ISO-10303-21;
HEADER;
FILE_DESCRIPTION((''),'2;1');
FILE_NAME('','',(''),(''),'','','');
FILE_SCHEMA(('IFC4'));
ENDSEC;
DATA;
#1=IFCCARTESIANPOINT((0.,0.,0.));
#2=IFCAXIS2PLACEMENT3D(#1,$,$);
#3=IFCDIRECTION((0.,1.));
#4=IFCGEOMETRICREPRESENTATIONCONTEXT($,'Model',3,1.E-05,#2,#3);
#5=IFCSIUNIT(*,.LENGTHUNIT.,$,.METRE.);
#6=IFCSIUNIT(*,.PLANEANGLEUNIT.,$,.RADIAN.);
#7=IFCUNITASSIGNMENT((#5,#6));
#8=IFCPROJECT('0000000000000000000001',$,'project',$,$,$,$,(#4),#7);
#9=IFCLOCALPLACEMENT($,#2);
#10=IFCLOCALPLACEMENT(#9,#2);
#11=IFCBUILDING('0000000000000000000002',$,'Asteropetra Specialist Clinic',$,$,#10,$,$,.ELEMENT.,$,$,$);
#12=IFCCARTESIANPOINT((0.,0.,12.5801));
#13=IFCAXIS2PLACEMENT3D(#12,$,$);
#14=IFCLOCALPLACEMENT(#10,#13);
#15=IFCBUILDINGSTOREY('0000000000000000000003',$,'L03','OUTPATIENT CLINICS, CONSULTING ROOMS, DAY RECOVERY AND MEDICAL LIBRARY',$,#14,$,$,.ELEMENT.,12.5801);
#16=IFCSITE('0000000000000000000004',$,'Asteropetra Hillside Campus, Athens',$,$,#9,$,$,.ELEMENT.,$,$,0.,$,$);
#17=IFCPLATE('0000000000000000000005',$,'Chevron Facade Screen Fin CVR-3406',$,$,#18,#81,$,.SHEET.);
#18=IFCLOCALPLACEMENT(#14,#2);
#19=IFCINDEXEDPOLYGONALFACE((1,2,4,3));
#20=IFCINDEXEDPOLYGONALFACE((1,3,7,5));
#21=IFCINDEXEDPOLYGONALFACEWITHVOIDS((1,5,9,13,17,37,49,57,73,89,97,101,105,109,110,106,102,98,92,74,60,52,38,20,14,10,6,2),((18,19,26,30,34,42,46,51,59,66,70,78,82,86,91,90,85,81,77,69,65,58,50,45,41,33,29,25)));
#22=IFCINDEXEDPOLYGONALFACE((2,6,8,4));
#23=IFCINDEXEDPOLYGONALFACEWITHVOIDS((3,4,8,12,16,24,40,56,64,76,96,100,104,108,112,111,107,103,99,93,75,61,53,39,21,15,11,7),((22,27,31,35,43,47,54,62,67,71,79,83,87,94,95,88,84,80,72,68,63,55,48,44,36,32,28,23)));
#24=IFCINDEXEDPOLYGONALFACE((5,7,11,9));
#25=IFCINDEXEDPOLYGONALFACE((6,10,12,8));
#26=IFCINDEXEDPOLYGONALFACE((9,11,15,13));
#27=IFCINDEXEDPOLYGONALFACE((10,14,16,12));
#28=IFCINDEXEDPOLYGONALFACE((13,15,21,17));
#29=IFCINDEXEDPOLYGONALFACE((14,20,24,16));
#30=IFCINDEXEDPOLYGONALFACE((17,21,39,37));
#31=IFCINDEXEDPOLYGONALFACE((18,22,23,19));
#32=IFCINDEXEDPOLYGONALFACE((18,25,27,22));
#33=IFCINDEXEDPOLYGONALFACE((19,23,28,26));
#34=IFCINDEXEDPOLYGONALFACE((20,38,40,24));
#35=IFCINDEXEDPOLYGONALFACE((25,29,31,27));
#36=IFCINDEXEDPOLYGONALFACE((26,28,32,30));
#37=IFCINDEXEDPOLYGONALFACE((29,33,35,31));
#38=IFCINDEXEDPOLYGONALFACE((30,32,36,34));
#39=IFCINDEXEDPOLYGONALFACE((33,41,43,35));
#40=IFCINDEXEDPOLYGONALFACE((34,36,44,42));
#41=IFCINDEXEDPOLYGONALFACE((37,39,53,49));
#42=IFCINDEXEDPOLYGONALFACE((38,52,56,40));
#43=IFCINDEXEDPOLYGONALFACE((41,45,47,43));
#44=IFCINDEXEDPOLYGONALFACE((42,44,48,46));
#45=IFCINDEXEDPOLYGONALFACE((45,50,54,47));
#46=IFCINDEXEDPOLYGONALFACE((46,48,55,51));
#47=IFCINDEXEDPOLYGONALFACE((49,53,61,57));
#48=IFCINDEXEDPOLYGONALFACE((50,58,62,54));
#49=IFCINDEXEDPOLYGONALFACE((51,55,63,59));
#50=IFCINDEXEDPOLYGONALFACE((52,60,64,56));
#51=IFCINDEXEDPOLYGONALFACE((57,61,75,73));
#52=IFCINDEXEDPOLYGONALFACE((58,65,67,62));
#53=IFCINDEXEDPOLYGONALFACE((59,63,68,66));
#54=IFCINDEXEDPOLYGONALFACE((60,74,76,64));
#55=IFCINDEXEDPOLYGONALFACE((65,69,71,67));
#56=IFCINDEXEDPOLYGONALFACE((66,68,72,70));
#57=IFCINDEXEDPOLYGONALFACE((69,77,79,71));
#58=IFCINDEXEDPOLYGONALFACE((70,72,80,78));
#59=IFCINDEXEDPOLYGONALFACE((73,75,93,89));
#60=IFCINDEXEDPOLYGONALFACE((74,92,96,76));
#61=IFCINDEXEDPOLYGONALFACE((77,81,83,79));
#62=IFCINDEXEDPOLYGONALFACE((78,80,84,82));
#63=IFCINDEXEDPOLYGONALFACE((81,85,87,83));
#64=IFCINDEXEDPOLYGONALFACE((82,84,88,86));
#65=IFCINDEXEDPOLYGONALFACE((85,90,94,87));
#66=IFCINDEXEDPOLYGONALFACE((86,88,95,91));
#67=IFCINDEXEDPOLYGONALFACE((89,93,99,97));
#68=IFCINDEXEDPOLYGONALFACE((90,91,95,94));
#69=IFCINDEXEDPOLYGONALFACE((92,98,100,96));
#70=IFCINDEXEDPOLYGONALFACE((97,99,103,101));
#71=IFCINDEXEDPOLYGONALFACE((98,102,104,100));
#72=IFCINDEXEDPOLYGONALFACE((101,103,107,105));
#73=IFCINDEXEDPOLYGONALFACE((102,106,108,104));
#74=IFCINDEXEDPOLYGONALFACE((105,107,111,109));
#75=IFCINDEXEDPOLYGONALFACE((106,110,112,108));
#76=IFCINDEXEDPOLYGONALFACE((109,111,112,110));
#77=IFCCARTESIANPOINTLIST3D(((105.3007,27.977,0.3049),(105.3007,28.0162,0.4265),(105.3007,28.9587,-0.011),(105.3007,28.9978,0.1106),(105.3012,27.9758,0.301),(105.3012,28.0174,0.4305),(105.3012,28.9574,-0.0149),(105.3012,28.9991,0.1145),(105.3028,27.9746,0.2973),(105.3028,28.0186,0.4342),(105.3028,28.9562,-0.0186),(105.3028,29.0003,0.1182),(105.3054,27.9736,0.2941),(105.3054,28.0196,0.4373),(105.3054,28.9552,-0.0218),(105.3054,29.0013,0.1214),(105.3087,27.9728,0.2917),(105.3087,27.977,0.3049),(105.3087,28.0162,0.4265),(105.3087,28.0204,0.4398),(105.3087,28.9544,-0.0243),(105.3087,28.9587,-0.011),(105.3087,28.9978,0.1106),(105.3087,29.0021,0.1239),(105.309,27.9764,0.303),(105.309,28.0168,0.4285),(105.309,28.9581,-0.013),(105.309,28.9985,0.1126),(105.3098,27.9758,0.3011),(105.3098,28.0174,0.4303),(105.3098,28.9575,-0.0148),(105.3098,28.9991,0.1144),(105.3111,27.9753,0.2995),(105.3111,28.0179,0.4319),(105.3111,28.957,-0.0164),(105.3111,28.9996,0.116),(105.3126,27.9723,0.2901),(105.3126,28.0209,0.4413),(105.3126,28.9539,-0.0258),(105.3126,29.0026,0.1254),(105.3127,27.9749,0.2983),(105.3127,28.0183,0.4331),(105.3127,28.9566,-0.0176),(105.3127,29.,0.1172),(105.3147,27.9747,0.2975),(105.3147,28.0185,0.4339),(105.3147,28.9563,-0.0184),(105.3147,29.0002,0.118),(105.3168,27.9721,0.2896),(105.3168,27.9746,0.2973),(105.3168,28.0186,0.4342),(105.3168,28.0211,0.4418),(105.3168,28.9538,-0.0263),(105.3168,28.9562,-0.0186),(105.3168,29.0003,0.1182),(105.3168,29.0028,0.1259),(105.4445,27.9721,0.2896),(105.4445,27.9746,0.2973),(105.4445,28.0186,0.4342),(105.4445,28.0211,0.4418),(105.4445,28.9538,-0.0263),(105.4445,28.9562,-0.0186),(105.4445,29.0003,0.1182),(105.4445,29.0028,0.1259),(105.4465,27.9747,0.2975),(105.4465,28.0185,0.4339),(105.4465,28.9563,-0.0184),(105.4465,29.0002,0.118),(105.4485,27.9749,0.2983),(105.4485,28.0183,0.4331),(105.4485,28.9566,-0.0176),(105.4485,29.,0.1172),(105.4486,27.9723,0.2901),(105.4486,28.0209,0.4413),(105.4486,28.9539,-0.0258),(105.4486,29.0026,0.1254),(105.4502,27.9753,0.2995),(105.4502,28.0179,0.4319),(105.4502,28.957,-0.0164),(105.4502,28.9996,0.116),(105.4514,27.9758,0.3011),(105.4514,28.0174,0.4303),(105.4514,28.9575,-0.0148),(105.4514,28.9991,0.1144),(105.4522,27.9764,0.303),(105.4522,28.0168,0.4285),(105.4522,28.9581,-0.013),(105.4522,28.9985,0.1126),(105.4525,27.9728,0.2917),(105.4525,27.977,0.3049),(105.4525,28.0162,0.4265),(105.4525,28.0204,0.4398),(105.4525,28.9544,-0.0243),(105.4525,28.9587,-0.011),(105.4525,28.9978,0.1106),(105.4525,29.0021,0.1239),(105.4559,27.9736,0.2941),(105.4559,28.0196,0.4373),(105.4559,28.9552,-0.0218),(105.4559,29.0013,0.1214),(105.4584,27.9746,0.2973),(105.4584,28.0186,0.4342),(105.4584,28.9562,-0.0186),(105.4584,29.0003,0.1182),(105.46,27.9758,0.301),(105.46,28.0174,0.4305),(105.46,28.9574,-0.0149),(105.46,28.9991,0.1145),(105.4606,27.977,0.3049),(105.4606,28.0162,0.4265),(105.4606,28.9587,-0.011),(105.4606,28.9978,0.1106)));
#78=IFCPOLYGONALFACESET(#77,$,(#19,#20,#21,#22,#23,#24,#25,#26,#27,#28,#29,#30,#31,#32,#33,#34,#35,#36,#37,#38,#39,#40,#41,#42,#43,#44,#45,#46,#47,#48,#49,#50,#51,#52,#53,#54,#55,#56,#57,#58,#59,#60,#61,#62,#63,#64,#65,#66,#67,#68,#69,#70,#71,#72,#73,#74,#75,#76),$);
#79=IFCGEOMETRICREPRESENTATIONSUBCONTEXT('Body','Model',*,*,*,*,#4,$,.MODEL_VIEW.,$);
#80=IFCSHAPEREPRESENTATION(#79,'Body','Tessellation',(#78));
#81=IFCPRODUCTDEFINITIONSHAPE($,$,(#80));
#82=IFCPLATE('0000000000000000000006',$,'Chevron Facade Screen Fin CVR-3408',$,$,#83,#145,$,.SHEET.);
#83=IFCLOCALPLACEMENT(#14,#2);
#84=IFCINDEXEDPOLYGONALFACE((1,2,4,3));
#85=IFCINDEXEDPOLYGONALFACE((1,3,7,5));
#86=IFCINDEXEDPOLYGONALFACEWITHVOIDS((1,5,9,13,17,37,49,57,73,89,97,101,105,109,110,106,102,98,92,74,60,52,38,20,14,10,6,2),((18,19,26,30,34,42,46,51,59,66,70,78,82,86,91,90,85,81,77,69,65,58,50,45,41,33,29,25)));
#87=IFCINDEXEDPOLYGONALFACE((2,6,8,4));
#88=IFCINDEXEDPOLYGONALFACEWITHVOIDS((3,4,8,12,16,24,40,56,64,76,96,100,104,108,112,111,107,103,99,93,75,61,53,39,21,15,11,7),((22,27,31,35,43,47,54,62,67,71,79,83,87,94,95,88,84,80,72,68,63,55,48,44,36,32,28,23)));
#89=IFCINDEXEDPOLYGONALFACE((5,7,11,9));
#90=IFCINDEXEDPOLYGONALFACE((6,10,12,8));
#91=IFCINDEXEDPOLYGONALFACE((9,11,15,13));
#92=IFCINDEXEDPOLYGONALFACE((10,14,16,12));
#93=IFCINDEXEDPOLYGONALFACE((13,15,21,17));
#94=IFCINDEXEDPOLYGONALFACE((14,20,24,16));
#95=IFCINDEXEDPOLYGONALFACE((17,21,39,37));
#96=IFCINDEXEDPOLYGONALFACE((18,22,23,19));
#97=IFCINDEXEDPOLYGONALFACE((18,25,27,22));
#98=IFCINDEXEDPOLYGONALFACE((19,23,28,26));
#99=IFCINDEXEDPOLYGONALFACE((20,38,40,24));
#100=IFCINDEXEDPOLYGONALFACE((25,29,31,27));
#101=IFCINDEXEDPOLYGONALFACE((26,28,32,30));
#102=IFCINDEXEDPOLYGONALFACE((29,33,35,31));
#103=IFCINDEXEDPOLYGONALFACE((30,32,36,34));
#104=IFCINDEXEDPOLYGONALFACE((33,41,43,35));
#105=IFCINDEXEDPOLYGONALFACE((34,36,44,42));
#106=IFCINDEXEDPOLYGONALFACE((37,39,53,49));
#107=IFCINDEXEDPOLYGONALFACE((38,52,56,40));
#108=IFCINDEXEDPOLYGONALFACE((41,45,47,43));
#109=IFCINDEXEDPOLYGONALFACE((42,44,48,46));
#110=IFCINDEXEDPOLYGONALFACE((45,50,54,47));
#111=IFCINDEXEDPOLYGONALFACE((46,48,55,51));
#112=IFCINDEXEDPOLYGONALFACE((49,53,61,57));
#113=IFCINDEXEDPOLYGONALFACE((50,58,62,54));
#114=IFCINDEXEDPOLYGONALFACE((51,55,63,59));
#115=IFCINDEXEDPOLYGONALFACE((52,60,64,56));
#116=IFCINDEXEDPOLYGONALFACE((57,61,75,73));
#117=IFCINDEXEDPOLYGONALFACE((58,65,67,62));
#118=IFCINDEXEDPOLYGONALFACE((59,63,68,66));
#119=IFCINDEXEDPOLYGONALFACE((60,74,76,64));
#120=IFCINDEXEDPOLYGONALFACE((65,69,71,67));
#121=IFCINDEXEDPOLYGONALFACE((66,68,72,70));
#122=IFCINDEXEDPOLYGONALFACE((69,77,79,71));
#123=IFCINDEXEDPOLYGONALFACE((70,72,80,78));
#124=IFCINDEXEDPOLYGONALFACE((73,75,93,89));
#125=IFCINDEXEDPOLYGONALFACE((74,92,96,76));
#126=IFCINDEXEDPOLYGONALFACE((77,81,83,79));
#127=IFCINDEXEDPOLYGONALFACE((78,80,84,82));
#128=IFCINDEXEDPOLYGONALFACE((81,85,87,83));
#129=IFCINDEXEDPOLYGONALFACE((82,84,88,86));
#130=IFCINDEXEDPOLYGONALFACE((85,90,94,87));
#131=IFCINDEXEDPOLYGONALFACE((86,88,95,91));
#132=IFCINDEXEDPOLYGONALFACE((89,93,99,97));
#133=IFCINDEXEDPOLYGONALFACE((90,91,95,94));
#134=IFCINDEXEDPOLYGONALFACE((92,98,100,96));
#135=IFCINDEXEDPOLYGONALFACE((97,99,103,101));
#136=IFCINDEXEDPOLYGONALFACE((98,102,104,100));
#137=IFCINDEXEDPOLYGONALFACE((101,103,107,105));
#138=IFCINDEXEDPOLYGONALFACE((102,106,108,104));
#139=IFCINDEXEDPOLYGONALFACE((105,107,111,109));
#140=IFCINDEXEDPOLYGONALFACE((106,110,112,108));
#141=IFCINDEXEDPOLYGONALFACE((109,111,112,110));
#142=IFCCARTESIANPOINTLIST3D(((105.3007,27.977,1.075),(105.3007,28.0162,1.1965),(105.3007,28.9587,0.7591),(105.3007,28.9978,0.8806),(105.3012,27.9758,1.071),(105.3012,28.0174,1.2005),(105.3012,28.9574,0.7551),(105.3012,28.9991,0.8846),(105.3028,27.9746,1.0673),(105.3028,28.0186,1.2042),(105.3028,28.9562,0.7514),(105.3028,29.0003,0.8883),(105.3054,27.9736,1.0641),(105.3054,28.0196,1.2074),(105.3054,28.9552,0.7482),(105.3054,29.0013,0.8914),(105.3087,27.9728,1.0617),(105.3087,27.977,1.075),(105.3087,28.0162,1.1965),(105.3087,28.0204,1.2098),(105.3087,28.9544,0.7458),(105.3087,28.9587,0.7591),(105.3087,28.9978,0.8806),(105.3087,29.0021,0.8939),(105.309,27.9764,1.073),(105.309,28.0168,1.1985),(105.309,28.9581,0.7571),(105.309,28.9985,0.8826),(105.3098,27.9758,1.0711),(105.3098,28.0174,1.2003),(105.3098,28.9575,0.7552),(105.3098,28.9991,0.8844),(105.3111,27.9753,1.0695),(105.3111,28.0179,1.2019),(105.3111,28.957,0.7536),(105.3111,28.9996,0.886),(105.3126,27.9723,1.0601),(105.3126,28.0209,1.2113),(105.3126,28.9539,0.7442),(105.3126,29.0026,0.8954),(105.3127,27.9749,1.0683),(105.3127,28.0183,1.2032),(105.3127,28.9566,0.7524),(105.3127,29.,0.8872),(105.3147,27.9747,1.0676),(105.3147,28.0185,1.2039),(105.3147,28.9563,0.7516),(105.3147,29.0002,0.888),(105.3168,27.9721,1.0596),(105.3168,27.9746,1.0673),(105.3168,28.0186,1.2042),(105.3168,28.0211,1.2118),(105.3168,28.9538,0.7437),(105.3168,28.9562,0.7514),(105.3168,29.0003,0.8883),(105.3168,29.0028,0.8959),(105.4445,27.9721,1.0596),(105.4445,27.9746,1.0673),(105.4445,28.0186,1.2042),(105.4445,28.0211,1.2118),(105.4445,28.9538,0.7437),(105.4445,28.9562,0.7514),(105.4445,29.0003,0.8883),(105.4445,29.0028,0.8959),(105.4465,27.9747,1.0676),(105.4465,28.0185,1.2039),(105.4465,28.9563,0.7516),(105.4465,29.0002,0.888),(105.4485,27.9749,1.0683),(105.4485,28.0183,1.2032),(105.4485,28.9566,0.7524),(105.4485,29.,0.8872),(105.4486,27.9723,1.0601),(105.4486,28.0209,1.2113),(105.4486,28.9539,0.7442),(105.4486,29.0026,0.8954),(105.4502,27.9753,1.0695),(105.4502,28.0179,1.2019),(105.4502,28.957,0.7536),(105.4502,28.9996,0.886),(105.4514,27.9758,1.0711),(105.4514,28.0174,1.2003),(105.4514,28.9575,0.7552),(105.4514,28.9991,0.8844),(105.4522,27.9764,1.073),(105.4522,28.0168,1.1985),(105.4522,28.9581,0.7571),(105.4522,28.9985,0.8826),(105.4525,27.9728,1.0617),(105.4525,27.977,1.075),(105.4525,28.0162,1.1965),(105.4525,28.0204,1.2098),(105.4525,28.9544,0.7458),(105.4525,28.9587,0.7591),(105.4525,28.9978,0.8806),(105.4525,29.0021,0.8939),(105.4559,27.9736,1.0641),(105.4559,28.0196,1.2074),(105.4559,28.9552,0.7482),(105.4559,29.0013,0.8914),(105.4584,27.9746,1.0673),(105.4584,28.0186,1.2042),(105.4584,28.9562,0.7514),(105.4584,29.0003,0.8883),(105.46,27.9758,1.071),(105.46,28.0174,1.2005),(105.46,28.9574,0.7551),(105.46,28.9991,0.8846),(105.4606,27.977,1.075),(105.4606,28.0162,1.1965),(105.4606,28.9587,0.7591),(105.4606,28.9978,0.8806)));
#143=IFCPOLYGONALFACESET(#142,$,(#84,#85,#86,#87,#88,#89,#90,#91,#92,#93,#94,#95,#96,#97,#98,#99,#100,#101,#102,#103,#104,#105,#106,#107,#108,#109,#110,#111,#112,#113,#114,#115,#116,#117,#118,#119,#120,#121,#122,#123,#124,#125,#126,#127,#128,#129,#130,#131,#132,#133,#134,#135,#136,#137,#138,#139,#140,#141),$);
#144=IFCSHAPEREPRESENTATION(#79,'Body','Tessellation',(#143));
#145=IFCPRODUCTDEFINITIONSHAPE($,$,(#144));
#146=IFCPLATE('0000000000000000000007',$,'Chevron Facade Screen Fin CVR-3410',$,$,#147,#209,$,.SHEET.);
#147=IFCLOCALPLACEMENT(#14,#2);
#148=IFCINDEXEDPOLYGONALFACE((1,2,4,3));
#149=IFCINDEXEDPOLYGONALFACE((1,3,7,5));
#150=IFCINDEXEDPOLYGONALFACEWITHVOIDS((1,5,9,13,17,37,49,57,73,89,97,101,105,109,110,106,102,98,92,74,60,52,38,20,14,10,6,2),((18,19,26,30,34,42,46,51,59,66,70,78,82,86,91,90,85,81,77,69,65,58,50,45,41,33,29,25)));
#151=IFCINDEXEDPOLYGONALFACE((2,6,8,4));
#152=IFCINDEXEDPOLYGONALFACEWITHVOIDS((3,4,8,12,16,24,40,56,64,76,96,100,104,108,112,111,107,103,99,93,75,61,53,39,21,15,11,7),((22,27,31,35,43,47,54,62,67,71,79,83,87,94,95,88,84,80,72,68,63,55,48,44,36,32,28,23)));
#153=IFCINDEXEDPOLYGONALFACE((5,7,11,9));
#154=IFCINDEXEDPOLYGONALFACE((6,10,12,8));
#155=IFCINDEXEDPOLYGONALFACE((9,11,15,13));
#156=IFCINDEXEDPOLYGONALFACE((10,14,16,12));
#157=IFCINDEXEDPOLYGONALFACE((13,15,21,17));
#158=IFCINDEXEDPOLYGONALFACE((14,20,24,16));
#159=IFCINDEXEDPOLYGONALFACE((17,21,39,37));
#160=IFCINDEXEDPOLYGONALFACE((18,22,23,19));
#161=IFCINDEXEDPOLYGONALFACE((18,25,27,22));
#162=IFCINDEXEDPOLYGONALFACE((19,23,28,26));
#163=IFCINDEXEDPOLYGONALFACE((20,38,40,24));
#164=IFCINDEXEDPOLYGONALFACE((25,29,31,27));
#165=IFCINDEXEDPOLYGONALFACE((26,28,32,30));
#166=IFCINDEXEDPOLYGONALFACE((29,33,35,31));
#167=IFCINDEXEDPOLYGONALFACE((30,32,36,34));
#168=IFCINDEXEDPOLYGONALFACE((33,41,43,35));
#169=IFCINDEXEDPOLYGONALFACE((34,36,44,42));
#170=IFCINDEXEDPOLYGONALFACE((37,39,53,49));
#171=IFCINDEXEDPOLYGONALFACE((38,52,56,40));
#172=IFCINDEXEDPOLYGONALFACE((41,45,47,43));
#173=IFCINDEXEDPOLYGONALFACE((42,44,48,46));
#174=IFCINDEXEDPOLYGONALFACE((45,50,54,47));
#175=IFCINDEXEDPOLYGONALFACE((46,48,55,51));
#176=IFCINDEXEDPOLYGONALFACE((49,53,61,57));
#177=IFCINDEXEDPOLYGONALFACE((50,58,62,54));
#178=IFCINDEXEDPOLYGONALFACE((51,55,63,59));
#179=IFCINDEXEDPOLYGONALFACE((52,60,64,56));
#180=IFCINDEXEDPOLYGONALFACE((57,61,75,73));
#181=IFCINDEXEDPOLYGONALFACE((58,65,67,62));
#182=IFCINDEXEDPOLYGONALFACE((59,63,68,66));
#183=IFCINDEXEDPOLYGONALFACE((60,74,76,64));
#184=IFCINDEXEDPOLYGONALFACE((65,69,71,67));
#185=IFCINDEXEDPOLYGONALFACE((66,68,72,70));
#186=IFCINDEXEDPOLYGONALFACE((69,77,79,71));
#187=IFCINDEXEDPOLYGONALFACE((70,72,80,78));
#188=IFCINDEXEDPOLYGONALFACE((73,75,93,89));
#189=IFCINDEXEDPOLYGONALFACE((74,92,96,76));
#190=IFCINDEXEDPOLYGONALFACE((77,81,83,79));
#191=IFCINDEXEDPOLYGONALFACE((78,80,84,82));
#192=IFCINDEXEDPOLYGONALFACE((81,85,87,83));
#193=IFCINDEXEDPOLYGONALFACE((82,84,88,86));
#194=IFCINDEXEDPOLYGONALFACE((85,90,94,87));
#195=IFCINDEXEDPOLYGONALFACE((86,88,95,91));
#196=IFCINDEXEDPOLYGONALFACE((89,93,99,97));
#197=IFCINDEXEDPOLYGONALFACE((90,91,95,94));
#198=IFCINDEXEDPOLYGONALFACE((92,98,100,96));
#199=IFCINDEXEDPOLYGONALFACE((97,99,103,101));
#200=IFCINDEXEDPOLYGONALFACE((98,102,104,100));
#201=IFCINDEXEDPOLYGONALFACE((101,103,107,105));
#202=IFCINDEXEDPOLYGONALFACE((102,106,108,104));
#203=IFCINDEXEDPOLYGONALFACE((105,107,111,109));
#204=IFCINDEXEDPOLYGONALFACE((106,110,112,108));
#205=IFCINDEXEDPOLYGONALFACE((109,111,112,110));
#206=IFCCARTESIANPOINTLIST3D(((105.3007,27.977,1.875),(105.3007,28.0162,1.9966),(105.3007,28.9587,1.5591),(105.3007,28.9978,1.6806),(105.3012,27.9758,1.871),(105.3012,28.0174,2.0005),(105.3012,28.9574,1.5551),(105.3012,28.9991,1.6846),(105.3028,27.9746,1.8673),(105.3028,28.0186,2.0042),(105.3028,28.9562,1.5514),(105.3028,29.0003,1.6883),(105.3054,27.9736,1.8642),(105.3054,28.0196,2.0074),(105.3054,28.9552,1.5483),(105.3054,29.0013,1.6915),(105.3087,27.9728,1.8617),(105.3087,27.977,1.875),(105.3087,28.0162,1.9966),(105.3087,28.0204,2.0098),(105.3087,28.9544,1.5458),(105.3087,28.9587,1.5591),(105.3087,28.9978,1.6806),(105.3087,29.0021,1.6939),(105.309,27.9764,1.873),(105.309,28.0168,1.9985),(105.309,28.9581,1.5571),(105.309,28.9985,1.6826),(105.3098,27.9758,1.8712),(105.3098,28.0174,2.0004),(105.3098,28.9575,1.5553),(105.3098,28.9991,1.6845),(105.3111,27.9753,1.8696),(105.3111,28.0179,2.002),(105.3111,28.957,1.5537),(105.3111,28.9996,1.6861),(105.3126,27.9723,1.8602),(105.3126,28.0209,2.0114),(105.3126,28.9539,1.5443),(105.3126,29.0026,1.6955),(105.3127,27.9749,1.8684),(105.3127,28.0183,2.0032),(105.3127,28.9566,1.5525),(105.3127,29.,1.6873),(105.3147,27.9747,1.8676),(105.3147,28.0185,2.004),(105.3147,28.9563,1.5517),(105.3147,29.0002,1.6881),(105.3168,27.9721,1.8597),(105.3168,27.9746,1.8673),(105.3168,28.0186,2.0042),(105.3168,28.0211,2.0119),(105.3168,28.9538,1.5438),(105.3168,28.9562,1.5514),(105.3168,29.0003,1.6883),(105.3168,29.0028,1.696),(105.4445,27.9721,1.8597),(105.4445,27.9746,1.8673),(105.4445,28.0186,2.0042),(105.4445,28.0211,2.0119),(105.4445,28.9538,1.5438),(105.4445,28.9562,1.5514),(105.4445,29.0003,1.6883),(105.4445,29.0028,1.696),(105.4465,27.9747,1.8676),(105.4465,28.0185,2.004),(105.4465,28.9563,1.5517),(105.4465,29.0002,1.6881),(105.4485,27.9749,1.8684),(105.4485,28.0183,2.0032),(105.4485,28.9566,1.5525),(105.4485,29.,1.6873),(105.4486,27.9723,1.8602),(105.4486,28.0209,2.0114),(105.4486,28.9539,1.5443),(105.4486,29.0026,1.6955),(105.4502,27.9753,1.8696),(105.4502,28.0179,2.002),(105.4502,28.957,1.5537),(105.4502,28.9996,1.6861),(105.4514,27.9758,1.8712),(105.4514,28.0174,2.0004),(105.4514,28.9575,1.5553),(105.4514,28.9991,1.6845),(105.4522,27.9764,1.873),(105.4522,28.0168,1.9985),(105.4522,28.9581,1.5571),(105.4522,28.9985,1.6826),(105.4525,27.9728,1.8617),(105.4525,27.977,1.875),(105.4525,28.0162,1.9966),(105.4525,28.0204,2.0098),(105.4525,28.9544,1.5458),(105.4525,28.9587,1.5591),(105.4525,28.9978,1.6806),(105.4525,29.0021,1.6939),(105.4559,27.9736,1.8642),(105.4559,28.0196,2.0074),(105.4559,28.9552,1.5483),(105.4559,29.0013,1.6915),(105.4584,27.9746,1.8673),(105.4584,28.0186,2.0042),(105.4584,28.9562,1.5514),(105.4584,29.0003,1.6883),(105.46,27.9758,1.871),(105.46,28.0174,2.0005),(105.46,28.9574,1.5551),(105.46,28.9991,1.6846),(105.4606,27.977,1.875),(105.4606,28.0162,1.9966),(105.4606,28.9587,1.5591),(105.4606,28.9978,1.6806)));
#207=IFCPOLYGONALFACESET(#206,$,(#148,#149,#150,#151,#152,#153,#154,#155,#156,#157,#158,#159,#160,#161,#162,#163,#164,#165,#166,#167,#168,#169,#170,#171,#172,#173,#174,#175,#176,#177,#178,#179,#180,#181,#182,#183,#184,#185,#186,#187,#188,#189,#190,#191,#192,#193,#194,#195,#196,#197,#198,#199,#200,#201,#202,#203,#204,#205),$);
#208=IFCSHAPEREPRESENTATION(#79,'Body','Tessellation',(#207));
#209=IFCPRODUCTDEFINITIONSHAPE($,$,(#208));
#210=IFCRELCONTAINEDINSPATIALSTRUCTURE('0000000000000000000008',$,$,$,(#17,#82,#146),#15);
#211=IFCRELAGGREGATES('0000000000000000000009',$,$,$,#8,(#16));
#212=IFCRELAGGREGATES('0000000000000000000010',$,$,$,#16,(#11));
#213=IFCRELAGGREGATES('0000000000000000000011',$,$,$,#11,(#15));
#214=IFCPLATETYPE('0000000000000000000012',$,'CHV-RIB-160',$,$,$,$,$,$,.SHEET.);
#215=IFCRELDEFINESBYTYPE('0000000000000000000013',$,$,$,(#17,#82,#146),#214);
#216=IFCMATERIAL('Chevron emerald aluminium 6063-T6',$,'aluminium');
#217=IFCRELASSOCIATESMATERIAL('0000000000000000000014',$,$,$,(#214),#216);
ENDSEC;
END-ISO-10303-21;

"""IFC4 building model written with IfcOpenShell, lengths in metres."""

from ifc_helpers import new_model, si_unit, direction, frame, origin, origin_2d, place, context, subcontext, project, spatial, hollow_rectangle, extrude, material, material_profile, profile_set, type_object, element, save


model = new_model("IFC4")

# Units and contexts
model_context = context("Model", 3, precision=1e-05, world=origin(), true_north=direction((0.0, 1.0)))
body_context = subcontext(model_context, "Body", "Model", "MODEL_VIEW")
ifc_project = project(units=[si_unit("LENGTHUNIT", "METRE"), si_unit("PLANEANGLEUNIT", "RADIAN")], contexts=[model_context])

# Site, building, storey
site_placement = place(None, origin())
site = spatial("IfcSite", under=ifc_project, at=site_placement, Name="Asteropetra Hillside Campus, Athens", CompositionType="ELEMENT", RefElevation=0.0)
building_placement = place(site_placement, origin())
building = spatial("IfcBuilding", under=site, at=building_placement, Name="Asteropetra Specialist Clinic", CompositionType="ELEMENT")
storey_placement = place(building_placement, frame((0.0, 0.0, 12.5801)))
storey = spatial("IfcBuildingStorey", under=building, at=storey_placement, Name="L03", Description="OUTPATIENT CLINICS, CONSULTING ROOMS, DAY RECOVERY AND MEDICAL LIBRARY", CompositionType="ELEMENT", Elevation=12.5801)

# Plates
ifc_material_1 = material(Name="Chevron emerald aluminium 6063-T6", Category="aluminium")
ifc_material_profile = material_profile(ifc_material_1, hollow_rectangle(XDim=0.1599, YDim=0.1599, WallThickness=0.0081, InnerFilletRadius=0.0081, OuterFilletRadius=0.0161, at=origin_2d()), Name="SHS 160x160x8.0")
ifc_profile_set = profile_set([ifc_material_profile], Name="Chevron emerald aluminium 6063-T6")
plate_type_1 = type_object("IfcPlateType", Name="CHV-RIB-160", PredefinedType="SHEET", material=ifc_profile_set)
for number, where, z_axis, x_axis, name in (
    (1, (105.3806, 28.9783, 0.0498), (0.0, -0.951923, 0.306339), (1.0, 0.0, 0.0), "Chevron Facade Screen Fin CVR-3406"),
    (2, (105.3806, 28.9783, 0.8198), (0.0, -0.951923, 0.306339), (1.0, 0.0, 0.0), "Chevron Facade Screen Fin CVR-3408"),
    (3, (105.3806, 28.9783, 1.6199), (0.0, -0.951923, 0.306339), (1.0, 0.0, 0.0), "Chevron Facade Screen Fin CVR-3410"),
):
    element("IfcPlate", number, at=place(storey_placement, frame(where, z_axis=z_axis, x_axis=x_axis)), inside=storey, type_object=plate_type_1, Name=name, PredefinedType="SHEET", context=body_context, shape_type="SweptSolid", body=[
        extrude(hollow_rectangle(XDim=0.1599, YDim=0.1599, WallThickness=0.0081, InnerFilletRadius=0.0081, OuterFilletRadius=0.0161, at=origin_2d()), origin(), (0.0, 0.0, 1.0), 1.0312),
    ])

save(model, "model.ifc")
